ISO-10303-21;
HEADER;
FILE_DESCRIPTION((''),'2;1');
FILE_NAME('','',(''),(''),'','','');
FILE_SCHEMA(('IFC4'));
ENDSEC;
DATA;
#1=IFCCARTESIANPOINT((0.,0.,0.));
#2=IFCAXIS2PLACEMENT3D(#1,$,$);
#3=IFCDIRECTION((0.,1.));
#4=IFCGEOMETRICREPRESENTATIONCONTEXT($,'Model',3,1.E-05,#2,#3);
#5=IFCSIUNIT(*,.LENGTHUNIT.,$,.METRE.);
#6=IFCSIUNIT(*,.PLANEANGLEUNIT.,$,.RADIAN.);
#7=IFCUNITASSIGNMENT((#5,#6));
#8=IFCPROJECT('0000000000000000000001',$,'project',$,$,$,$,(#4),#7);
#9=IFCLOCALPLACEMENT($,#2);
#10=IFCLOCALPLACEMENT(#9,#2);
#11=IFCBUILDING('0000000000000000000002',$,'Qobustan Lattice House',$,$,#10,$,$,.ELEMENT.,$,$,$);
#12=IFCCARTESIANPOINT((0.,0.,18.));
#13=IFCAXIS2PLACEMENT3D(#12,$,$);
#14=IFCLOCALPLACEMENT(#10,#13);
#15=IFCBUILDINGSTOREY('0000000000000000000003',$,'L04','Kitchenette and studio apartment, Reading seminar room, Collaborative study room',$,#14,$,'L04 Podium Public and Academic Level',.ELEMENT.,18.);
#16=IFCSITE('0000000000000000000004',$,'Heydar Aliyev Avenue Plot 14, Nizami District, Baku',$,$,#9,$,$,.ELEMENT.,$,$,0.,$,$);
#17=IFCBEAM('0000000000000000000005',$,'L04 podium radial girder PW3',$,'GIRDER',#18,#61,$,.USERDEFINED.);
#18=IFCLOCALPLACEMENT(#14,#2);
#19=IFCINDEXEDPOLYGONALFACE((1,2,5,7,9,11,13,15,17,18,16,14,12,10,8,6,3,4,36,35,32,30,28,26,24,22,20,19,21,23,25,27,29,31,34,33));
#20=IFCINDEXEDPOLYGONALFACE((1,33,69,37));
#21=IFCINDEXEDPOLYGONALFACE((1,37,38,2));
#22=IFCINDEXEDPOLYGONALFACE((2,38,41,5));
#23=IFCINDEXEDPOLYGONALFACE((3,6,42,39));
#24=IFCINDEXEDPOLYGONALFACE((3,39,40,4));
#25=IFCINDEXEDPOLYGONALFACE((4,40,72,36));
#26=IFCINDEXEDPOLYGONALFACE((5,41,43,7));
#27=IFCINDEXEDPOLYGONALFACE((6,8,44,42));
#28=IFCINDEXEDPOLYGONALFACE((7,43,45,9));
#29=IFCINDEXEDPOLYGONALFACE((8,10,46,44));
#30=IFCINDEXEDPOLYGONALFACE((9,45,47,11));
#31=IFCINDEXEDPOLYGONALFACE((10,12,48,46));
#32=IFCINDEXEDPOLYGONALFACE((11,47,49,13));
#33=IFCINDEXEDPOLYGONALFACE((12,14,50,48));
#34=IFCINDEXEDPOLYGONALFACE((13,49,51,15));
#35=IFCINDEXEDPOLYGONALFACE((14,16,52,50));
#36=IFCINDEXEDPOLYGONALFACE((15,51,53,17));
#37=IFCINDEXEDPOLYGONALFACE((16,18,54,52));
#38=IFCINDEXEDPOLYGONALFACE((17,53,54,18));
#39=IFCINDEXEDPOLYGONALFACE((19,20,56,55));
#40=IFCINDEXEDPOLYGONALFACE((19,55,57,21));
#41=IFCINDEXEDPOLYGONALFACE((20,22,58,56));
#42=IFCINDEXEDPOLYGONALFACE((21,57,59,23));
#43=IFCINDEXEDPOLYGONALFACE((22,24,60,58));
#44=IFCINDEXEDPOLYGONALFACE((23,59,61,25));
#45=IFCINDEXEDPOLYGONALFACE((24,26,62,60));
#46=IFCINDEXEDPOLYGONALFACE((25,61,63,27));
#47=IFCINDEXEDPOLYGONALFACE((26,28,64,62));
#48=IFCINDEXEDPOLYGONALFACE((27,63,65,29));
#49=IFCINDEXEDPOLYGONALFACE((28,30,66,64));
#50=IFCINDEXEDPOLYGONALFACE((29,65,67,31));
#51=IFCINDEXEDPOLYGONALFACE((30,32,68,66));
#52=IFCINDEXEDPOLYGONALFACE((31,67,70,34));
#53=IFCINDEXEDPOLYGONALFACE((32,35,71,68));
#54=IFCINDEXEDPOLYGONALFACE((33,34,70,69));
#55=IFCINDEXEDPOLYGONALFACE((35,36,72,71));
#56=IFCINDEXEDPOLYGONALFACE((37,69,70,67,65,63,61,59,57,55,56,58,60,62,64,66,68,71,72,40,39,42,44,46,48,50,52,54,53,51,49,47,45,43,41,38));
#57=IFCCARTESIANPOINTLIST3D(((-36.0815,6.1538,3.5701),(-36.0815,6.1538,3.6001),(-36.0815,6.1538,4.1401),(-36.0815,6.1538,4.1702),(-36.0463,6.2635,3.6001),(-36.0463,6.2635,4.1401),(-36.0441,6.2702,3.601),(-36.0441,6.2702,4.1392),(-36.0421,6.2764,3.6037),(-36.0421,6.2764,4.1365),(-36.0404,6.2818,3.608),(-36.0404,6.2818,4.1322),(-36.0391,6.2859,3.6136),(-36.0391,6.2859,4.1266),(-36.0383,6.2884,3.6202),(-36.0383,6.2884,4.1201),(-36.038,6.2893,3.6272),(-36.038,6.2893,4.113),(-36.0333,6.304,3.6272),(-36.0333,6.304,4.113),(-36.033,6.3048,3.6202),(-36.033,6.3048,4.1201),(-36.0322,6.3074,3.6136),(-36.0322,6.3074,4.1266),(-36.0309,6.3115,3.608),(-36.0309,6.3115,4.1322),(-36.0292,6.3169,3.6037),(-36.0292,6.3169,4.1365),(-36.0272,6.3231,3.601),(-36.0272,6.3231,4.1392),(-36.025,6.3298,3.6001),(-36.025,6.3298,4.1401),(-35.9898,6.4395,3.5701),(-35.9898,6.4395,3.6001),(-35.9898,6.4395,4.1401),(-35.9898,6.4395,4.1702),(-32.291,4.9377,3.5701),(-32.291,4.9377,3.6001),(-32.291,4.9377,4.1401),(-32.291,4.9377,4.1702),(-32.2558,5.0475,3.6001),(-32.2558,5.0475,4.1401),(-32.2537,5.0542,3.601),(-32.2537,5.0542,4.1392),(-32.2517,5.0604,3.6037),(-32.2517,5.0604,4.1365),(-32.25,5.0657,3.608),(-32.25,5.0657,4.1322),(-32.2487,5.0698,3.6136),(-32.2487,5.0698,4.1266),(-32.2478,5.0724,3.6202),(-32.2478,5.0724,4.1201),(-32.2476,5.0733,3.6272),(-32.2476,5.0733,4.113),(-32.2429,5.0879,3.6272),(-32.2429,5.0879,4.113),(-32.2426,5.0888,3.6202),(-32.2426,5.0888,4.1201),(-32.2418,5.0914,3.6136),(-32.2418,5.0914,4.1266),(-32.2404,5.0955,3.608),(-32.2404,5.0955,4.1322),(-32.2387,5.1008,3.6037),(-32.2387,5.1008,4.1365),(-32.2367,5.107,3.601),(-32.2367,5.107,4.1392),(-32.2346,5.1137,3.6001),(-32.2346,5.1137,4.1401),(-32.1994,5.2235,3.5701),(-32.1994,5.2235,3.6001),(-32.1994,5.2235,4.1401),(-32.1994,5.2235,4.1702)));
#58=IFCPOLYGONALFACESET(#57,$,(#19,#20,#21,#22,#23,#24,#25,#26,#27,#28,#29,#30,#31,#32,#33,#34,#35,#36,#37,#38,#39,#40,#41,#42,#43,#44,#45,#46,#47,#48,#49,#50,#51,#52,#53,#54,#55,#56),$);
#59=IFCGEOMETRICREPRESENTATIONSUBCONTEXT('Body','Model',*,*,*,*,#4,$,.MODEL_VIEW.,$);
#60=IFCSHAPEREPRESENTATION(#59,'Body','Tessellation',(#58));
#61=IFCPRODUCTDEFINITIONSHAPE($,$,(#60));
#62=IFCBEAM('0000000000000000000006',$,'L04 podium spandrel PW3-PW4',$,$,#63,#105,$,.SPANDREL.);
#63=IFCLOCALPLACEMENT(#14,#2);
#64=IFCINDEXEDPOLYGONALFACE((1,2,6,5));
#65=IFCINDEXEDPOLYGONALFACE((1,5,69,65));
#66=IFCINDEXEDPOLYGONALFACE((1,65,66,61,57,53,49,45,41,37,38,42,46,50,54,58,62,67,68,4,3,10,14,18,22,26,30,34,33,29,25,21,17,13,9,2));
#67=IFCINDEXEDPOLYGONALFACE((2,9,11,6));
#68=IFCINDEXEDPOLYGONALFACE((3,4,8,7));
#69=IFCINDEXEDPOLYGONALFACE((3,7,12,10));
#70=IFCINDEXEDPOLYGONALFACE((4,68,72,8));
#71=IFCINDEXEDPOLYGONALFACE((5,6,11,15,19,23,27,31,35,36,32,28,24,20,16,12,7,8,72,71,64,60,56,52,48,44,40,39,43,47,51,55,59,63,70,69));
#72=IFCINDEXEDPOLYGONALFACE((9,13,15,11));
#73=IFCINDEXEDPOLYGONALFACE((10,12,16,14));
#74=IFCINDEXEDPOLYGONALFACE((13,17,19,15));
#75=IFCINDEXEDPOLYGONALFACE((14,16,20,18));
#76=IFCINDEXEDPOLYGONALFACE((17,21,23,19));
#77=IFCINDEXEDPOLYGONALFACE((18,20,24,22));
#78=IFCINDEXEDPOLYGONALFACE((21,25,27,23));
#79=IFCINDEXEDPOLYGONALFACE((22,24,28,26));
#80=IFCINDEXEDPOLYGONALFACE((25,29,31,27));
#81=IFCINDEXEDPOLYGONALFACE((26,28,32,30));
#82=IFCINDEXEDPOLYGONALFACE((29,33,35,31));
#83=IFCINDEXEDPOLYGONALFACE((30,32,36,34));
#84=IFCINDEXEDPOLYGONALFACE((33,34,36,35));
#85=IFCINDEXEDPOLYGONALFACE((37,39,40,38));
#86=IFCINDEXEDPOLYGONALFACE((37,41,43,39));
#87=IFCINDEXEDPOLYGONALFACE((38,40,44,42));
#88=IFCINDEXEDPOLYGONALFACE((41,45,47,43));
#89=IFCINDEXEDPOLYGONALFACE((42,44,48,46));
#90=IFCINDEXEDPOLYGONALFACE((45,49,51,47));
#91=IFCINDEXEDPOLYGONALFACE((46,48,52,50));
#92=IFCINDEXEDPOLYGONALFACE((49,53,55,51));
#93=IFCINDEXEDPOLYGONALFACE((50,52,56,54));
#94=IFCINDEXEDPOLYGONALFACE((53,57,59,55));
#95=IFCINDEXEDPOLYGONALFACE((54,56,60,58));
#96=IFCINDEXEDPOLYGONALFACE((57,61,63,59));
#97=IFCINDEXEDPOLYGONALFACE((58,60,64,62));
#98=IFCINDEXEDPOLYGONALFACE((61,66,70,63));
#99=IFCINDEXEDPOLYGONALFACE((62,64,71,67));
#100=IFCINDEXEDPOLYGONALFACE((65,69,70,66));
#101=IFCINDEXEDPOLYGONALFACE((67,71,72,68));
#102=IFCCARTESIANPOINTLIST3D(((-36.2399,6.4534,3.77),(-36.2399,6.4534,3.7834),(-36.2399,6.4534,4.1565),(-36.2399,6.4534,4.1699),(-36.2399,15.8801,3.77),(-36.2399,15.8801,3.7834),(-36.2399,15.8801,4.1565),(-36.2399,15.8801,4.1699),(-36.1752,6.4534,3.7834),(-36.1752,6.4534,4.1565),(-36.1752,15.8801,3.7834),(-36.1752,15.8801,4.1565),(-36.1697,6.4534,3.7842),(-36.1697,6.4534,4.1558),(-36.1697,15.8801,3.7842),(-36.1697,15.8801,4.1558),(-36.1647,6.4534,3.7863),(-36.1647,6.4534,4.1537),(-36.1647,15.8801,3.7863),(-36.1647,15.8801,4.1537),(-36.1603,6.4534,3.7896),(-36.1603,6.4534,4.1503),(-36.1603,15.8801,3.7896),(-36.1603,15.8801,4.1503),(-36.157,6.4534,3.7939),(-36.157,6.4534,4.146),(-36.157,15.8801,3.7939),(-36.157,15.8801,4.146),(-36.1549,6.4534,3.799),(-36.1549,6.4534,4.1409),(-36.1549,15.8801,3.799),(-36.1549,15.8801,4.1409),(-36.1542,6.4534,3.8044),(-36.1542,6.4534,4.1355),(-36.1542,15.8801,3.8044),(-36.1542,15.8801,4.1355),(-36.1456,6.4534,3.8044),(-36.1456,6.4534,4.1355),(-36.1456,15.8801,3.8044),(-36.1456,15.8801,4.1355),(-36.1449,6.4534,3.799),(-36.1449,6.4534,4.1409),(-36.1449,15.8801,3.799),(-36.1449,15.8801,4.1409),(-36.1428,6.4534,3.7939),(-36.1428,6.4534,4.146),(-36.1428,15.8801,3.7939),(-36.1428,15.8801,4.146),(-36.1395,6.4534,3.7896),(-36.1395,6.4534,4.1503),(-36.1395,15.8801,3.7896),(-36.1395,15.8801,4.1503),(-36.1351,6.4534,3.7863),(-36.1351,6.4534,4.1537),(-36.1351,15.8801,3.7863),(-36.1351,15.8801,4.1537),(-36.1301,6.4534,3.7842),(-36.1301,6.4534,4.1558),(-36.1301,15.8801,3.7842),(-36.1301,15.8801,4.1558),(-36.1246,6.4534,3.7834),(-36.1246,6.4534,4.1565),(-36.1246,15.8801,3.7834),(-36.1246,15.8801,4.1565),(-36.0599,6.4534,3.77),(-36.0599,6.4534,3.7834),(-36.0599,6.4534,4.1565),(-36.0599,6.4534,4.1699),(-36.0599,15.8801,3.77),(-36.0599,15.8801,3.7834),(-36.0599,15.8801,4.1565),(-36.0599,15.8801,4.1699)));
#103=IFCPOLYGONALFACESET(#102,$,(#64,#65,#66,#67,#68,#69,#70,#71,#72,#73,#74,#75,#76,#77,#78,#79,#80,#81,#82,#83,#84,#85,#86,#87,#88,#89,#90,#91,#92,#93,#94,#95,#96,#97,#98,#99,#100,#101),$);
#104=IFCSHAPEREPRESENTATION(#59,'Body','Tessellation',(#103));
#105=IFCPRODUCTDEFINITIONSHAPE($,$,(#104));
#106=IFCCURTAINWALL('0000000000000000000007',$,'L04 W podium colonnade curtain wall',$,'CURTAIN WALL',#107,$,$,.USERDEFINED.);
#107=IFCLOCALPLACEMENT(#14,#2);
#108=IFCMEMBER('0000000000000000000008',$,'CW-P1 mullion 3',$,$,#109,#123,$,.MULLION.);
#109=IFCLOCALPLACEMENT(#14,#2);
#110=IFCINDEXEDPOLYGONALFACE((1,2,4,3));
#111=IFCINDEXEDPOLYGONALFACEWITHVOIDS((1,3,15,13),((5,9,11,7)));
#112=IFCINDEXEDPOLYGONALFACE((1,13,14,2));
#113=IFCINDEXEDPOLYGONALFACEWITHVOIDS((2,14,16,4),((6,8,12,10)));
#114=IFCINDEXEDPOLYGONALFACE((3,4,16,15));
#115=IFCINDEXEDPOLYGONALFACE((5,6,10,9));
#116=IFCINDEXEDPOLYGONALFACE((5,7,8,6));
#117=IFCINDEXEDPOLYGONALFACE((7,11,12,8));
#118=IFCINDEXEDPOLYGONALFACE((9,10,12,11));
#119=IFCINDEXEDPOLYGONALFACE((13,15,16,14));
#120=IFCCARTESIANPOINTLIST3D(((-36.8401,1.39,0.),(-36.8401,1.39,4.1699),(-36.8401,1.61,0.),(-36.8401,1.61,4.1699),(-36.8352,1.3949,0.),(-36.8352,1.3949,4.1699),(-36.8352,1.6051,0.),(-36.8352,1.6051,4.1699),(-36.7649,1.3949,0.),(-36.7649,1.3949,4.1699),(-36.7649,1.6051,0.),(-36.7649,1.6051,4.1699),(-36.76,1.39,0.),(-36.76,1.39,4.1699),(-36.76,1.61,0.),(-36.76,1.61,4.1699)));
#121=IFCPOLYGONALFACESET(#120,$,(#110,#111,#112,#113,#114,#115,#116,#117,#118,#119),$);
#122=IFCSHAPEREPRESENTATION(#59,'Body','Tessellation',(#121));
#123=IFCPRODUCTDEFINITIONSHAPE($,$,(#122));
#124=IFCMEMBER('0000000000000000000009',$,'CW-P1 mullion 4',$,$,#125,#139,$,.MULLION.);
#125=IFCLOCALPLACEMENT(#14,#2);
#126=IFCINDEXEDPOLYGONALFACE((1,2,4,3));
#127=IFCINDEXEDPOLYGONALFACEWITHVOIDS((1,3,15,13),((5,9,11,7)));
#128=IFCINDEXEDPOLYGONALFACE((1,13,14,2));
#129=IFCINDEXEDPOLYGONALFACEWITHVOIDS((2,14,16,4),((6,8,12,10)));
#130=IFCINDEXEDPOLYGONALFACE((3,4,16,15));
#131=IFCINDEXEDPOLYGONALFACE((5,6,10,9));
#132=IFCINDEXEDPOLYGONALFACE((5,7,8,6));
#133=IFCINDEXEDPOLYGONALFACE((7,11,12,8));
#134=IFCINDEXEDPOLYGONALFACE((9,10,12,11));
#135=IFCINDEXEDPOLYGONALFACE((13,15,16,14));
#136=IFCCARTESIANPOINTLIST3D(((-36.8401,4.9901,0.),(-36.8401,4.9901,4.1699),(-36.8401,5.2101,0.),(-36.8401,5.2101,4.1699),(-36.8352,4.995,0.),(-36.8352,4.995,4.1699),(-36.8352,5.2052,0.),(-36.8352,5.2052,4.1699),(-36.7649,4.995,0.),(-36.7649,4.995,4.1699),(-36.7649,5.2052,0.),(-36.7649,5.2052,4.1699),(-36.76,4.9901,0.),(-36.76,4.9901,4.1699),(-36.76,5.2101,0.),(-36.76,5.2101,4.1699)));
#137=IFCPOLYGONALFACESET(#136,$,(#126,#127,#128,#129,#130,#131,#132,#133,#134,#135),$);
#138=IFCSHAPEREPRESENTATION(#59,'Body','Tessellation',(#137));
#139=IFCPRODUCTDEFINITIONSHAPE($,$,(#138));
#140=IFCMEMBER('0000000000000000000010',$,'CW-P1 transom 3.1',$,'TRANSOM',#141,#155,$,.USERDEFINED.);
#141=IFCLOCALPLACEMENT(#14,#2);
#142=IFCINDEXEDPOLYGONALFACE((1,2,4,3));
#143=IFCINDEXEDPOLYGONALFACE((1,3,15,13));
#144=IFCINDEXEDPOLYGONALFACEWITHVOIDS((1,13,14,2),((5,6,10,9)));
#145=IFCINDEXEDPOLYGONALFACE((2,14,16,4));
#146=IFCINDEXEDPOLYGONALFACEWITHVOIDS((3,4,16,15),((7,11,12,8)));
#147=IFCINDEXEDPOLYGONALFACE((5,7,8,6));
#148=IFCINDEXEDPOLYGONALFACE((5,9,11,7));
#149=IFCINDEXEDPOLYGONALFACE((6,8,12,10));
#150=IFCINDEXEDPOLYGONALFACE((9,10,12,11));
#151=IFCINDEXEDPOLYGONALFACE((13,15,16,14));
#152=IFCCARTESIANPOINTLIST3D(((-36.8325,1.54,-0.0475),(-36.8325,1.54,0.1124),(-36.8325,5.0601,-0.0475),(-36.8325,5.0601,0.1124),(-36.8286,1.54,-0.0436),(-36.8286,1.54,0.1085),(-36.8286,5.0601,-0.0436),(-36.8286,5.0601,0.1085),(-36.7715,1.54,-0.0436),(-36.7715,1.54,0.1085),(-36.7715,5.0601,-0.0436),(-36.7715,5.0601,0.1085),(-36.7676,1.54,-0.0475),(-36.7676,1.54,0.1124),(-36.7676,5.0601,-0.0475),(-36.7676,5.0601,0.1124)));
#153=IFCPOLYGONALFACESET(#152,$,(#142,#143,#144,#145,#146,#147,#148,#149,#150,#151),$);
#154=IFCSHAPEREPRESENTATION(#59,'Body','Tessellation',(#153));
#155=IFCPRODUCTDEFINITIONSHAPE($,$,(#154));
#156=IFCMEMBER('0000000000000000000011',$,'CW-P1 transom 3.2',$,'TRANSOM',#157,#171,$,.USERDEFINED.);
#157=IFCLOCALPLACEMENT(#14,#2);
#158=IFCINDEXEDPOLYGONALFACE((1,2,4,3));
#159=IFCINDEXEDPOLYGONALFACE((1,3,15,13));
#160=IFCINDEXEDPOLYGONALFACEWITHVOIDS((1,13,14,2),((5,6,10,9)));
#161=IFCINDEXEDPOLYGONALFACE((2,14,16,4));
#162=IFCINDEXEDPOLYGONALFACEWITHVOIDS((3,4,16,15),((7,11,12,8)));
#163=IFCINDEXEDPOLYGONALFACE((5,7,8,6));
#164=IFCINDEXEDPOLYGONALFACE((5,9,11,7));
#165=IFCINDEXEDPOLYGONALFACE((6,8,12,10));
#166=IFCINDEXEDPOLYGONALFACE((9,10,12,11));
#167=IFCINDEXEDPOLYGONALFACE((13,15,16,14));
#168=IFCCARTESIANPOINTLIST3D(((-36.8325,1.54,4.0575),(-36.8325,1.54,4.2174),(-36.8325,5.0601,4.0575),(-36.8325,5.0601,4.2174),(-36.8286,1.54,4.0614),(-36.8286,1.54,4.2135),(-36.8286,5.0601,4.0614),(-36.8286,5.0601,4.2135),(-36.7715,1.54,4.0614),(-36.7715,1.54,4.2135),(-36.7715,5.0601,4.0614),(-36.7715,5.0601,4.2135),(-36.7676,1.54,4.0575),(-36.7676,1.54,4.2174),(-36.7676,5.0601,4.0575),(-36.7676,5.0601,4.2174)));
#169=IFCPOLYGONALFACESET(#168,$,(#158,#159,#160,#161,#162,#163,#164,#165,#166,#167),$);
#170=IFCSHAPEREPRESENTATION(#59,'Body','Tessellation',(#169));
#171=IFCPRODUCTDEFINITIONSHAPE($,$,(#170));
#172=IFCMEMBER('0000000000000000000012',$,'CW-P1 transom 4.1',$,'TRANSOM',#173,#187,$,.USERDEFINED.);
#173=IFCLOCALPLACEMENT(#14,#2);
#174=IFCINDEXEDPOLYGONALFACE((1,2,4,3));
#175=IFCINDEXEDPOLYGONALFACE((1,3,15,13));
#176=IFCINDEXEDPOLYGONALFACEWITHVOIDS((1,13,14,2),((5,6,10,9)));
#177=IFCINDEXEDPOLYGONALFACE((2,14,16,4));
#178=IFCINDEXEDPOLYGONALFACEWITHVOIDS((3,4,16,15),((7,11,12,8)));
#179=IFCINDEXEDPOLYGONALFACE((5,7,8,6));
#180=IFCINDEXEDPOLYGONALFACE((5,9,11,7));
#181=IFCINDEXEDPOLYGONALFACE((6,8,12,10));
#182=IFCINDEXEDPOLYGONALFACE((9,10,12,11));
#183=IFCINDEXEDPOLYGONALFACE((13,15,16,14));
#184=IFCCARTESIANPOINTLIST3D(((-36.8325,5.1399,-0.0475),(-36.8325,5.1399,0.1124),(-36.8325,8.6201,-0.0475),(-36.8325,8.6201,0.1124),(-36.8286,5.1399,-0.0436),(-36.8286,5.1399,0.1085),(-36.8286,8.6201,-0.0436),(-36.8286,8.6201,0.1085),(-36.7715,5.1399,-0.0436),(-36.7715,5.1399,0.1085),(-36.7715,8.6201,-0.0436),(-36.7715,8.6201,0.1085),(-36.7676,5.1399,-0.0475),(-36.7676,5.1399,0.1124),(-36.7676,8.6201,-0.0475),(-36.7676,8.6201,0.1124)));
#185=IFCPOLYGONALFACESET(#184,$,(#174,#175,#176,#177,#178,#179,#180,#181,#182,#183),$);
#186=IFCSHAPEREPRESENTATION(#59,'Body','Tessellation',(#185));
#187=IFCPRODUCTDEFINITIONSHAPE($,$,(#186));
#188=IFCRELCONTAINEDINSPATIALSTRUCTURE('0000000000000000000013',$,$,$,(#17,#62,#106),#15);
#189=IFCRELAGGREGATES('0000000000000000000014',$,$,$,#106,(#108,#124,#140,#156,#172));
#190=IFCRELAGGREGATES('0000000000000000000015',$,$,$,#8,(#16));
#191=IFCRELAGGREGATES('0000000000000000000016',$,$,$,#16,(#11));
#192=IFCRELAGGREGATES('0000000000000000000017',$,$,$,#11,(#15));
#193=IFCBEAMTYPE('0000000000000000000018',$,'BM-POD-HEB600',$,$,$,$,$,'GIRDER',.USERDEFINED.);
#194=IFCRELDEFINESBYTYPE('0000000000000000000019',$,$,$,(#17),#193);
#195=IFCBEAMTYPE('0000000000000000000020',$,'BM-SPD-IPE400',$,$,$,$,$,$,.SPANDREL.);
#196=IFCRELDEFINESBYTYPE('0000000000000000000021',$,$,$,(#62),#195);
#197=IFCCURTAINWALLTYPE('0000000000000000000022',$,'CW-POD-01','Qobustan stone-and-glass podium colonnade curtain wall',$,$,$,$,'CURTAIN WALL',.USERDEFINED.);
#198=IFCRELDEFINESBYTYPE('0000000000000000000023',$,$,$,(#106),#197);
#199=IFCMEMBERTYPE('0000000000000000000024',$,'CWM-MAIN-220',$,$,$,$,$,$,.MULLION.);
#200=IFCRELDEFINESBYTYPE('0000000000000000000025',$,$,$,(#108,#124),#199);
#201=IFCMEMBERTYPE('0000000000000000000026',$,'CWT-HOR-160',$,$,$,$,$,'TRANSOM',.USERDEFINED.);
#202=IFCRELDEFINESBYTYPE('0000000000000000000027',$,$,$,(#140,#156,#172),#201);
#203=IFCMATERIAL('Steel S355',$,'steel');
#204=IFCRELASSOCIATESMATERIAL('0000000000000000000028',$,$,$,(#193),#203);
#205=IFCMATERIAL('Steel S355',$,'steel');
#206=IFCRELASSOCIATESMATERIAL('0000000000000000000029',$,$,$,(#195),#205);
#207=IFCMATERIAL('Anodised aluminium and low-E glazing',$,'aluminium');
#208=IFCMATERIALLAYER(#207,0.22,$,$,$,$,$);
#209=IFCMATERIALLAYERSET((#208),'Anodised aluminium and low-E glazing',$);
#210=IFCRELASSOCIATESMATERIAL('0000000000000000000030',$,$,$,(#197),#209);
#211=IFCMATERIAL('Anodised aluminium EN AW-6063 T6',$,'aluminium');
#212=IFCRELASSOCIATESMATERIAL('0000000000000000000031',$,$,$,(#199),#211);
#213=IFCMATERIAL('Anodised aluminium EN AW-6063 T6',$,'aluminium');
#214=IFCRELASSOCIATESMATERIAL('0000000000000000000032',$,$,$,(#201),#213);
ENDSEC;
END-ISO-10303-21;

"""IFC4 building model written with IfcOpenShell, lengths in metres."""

from ifc_helpers import new_model, si_unit, direction, frame, origin, origin_2d, place, context, subcontext, project, spatial, hollow_rectangle, i_section, extrude, material, layer, layer_set, material_profile, profile_set, type_object, element, aggregate, save


model = new_model("IFC4")

# Units and contexts
model_context = context("Model", 3, precision=1e-05, world=origin(), true_north=direction((0.0, 1.0)))
body_context = subcontext(model_context, "Body", "Model", "MODEL_VIEW")
ifc_project = project(units=[si_unit("LENGTHUNIT", "METRE"), si_unit("PLANEANGLEUNIT", "RADIAN")], contexts=[model_context])

# Site, building, storey
site_placement = place(None, origin())
site = spatial("IfcSite", under=ifc_project, at=site_placement, Name="Heydar Aliyev Avenue Plot 14, Nizami District, Baku", CompositionType="ELEMENT", RefElevation=0.0)
building_placement = place(site_placement, origin())
building = spatial("IfcBuilding", under=site, at=building_placement, Name="Qobustan Lattice House", CompositionType="ELEMENT")
storey_placement = place(building_placement, frame((0.0, 0.0, 18.0)))
storey = spatial("IfcBuildingStorey", under=building, at=storey_placement, Name="L04", Description="Kitchenette and studio apartment, Reading seminar room, Collaborative study room", LongName="L04 Podium Public and Academic Level", CompositionType="ELEMENT", Elevation=18.0)

# Beams
ifc_material_1 = material(Name="Steel S355", Category="steel")
ifc_material_profile_1 = material_profile(ifc_material_1, i_section(OverallWidth=0.3, OverallDepth=0.6001, WebThickness=0.0154, FlangeThickness=0.03, FilletRadius=0.0271, at=origin_2d()), Name="HEB600")
ifc_profile_set_1 = profile_set([ifc_material_profile_1], Name="Steel S355")
beam_type_1 = type_object("IfcBeamType", Name="BM-POD-HEB600", ElementType="GIRDER", PredefinedType="USERDEFINED", material=ifc_profile_set_1)
beam_1_placement = place(storey_placement, frame((-36.0356, 6.2966, 3.8701), z_axis=(0.952198, -0.305481, 0.0), x_axis=(0.305481, 0.952198, 0.0)))
element("IfcBeam", 1, at=beam_1_placement, inside=storey, type_object=beam_type_1, Name="L04 podium radial girder PW3", ObjectType="GIRDER", PredefinedType="USERDEFINED", context=body_context, shape_type="SweptSolid", body=[
    extrude(i_section(OverallWidth=0.3, OverallDepth=0.6001, WebThickness=0.0154, FlangeThickness=0.03, FilletRadius=0.0271, at=origin_2d()), origin(), (0.0, 0.0, 1.0), 3.9807),
])
ifc_material_2 = material(Name="Steel S355", Category="steel")
ifc_material_profile_2 = material_profile(ifc_material_2, i_section(OverallWidth=0.1799, OverallDepth=0.3999, WebThickness=0.0085, FlangeThickness=0.0134, FilletRadius=0.021, at=origin_2d()), Name="IPE400")
ifc_profile_set_2 = profile_set([ifc_material_profile_2], Name="Steel S355")
beam_type_2 = type_object("IfcBeamType", Name="BM-SPD-IPE400", PredefinedType="SPANDREL", material=ifc_profile_set_2)
beam_2_placement = place(storey_placement, frame((-36.1499, 6.4534, 3.97), z_axis=(0.0, 1.0, 0.0), x_axis=(-1.0, 0.0, 0.0)))
element("IfcBeam", 2, at=beam_2_placement, inside=storey, type_object=beam_type_2, Name="L04 podium spandrel PW3-PW4", PredefinedType="SPANDREL", context=body_context, shape_type="SweptSolid", body=[
    extrude(i_section(OverallWidth=0.1799, OverallDepth=0.3999, WebThickness=0.0085, FlangeThickness=0.0134, FilletRadius=0.021, at=origin_2d()), origin(), (0.0, 0.0, 1.0), 9.4268),
])

# Curtain wall, members
ifc_material_3 = material(Name="Anodised aluminium and low-E glazing", Category="aluminium")
ifc_layer_1 = layer(ifc_material_3, 0.22)
ifc_layer_set_1 = layer_set([ifc_layer_1], Name="Anodised aluminium and low-E glazing")
curtain_wall_type = type_object("IfcCurtainWallType", Name="CW-POD-01", Description="Qobustan stone-and-glass podium colonnade curtain wall", ElementType="CURTAIN WALL", PredefinedType="USERDEFINED", material=ifc_layer_set_1)
curtain_wall_placement = place(storey_placement, origin())
curtain_wall = element("IfcCurtainWall", 3, at=curtain_wall_placement, inside=storey, type_object=curtain_wall_type, Name="L04 W podium colonnade curtain wall", ObjectType="CURTAIN WALL", PredefinedType="USERDEFINED")
ifc_material_4 = material(Name="Anodised aluminium EN AW-6063 T6", Category="aluminium")
ifc_material_profile_3 = material_profile(ifc_material_4, hollow_rectangle(XDim=0.0801, YDim=0.22, WallThickness=0.0049, at=origin_2d()), Name="CWM-220x80")
ifc_profile_set_3 = profile_set([ifc_material_profile_3], Name="Anodised aluminium EN AW-6063 T6")
member_type_1 = type_object("IfcMemberType", Name="CWM-MAIN-220", PredefinedType="MULLION", material=ifc_profile_set_3)
member_1_placement = place(storey_placement, frame((-36.8, 1.5, 0.0), z_axis=(0.0, 0.0, 1.0), x_axis=(-1.0, 0.0, 0.0)))
member_1 = element("IfcMember", 4, at=member_1_placement, type_object=member_type_1, Name="CW-P1 mullion 3", PredefinedType="MULLION", context=body_context, shape_type="SweptSolid", body=[
    extrude(hollow_rectangle(XDim=0.0801, YDim=0.22, WallThickness=0.0049, at=origin_2d()), origin(), (0.0, 0.0, 1.0), 4.1699),
])
member_2_placement = place(storey_placement, frame((-36.8, 5.1001, 0.0), z_axis=(0.0, 0.0, 1.0), x_axis=(-1.0, 0.0, 0.0)))
member_2 = element("IfcMember", 5, at=member_2_placement, type_object=member_type_1, Name="CW-P1 mullion 4", PredefinedType="MULLION", context=body_context, shape_type="SweptSolid", body=[
    extrude(hollow_rectangle(XDim=0.0801, YDim=0.22, WallThickness=0.0049, at=origin_2d()), origin(), (0.0, 0.0, 1.0), 4.1699),
])
ifc_material_5 = material(Name="Anodised aluminium EN AW-6063 T6", Category="aluminium")
ifc_material_profile_4 = material_profile(ifc_material_5, hollow_rectangle(XDim=0.0649, YDim=0.1599, WallThickness=0.0039, at=origin_2d()), Name="CWT-160x65")
ifc_profile_set_4 = profile_set([ifc_material_profile_4], Name="Anodised aluminium EN AW-6063 T6")
member_type_2 = type_object("IfcMemberType", Name="CWT-HOR-160", ElementType="TRANSOM", PredefinedType="USERDEFINED", material=ifc_profile_set_4)
member_3_placement = place(storey_placement, frame((-36.8, 1.54, 0.0325), z_axis=(0.0, 1.0, 0.0), x_axis=(-1.0, 0.0, 0.0)))
member_3 = element("IfcMember", 6, at=member_3_placement, type_object=member_type_2, Name="CW-P1 transom 3.1", ObjectType="TRANSOM", PredefinedType="USERDEFINED", context=body_context, shape_type="SweptSolid", body=[
    extrude(hollow_rectangle(XDim=0.0649, YDim=0.1599, WallThickness=0.0039, at=origin_2d()), origin(), (0.0, 0.0, 1.0), 3.52),
])
member_4_placement = place(storey_placement, frame((-36.8, 1.54, 4.1375), z_axis=(0.0, 1.0, 0.0), x_axis=(-1.0, 0.0, 0.0)))
member_4 = element("IfcMember", 7, at=member_4_placement, type_object=member_type_2, Name="CW-P1 transom 3.2", ObjectType="TRANSOM", PredefinedType="USERDEFINED", context=body_context, shape_type="SweptSolid", body=[
    extrude(hollow_rectangle(XDim=0.0649, YDim=0.1599, WallThickness=0.0039, at=origin_2d()), origin(), (0.0, 0.0, 1.0), 3.52),
])
member_5_placement = place(storey_placement, frame((-36.8, 5.1399, 0.0325), z_axis=(0.0, 1.0, 0.0), x_axis=(-1.0, 0.0, 0.0)))
member_5 = element("IfcMember", 8, at=member_5_placement, type_object=member_type_2, Name="CW-P1 transom 4.1", ObjectType="TRANSOM", PredefinedType="USERDEFINED", context=body_context, shape_type="SweptSolid", body=[
    extrude(hollow_rectangle(XDim=0.0649, YDim=0.1599, WallThickness=0.0039, at=origin_2d()), origin(), (0.0, 0.0, 1.0), 3.4802),
])
aggregate(curtain_wall, [member_1, member_2, member_3, member_4, member_5])

save(model, "model.ifc")
